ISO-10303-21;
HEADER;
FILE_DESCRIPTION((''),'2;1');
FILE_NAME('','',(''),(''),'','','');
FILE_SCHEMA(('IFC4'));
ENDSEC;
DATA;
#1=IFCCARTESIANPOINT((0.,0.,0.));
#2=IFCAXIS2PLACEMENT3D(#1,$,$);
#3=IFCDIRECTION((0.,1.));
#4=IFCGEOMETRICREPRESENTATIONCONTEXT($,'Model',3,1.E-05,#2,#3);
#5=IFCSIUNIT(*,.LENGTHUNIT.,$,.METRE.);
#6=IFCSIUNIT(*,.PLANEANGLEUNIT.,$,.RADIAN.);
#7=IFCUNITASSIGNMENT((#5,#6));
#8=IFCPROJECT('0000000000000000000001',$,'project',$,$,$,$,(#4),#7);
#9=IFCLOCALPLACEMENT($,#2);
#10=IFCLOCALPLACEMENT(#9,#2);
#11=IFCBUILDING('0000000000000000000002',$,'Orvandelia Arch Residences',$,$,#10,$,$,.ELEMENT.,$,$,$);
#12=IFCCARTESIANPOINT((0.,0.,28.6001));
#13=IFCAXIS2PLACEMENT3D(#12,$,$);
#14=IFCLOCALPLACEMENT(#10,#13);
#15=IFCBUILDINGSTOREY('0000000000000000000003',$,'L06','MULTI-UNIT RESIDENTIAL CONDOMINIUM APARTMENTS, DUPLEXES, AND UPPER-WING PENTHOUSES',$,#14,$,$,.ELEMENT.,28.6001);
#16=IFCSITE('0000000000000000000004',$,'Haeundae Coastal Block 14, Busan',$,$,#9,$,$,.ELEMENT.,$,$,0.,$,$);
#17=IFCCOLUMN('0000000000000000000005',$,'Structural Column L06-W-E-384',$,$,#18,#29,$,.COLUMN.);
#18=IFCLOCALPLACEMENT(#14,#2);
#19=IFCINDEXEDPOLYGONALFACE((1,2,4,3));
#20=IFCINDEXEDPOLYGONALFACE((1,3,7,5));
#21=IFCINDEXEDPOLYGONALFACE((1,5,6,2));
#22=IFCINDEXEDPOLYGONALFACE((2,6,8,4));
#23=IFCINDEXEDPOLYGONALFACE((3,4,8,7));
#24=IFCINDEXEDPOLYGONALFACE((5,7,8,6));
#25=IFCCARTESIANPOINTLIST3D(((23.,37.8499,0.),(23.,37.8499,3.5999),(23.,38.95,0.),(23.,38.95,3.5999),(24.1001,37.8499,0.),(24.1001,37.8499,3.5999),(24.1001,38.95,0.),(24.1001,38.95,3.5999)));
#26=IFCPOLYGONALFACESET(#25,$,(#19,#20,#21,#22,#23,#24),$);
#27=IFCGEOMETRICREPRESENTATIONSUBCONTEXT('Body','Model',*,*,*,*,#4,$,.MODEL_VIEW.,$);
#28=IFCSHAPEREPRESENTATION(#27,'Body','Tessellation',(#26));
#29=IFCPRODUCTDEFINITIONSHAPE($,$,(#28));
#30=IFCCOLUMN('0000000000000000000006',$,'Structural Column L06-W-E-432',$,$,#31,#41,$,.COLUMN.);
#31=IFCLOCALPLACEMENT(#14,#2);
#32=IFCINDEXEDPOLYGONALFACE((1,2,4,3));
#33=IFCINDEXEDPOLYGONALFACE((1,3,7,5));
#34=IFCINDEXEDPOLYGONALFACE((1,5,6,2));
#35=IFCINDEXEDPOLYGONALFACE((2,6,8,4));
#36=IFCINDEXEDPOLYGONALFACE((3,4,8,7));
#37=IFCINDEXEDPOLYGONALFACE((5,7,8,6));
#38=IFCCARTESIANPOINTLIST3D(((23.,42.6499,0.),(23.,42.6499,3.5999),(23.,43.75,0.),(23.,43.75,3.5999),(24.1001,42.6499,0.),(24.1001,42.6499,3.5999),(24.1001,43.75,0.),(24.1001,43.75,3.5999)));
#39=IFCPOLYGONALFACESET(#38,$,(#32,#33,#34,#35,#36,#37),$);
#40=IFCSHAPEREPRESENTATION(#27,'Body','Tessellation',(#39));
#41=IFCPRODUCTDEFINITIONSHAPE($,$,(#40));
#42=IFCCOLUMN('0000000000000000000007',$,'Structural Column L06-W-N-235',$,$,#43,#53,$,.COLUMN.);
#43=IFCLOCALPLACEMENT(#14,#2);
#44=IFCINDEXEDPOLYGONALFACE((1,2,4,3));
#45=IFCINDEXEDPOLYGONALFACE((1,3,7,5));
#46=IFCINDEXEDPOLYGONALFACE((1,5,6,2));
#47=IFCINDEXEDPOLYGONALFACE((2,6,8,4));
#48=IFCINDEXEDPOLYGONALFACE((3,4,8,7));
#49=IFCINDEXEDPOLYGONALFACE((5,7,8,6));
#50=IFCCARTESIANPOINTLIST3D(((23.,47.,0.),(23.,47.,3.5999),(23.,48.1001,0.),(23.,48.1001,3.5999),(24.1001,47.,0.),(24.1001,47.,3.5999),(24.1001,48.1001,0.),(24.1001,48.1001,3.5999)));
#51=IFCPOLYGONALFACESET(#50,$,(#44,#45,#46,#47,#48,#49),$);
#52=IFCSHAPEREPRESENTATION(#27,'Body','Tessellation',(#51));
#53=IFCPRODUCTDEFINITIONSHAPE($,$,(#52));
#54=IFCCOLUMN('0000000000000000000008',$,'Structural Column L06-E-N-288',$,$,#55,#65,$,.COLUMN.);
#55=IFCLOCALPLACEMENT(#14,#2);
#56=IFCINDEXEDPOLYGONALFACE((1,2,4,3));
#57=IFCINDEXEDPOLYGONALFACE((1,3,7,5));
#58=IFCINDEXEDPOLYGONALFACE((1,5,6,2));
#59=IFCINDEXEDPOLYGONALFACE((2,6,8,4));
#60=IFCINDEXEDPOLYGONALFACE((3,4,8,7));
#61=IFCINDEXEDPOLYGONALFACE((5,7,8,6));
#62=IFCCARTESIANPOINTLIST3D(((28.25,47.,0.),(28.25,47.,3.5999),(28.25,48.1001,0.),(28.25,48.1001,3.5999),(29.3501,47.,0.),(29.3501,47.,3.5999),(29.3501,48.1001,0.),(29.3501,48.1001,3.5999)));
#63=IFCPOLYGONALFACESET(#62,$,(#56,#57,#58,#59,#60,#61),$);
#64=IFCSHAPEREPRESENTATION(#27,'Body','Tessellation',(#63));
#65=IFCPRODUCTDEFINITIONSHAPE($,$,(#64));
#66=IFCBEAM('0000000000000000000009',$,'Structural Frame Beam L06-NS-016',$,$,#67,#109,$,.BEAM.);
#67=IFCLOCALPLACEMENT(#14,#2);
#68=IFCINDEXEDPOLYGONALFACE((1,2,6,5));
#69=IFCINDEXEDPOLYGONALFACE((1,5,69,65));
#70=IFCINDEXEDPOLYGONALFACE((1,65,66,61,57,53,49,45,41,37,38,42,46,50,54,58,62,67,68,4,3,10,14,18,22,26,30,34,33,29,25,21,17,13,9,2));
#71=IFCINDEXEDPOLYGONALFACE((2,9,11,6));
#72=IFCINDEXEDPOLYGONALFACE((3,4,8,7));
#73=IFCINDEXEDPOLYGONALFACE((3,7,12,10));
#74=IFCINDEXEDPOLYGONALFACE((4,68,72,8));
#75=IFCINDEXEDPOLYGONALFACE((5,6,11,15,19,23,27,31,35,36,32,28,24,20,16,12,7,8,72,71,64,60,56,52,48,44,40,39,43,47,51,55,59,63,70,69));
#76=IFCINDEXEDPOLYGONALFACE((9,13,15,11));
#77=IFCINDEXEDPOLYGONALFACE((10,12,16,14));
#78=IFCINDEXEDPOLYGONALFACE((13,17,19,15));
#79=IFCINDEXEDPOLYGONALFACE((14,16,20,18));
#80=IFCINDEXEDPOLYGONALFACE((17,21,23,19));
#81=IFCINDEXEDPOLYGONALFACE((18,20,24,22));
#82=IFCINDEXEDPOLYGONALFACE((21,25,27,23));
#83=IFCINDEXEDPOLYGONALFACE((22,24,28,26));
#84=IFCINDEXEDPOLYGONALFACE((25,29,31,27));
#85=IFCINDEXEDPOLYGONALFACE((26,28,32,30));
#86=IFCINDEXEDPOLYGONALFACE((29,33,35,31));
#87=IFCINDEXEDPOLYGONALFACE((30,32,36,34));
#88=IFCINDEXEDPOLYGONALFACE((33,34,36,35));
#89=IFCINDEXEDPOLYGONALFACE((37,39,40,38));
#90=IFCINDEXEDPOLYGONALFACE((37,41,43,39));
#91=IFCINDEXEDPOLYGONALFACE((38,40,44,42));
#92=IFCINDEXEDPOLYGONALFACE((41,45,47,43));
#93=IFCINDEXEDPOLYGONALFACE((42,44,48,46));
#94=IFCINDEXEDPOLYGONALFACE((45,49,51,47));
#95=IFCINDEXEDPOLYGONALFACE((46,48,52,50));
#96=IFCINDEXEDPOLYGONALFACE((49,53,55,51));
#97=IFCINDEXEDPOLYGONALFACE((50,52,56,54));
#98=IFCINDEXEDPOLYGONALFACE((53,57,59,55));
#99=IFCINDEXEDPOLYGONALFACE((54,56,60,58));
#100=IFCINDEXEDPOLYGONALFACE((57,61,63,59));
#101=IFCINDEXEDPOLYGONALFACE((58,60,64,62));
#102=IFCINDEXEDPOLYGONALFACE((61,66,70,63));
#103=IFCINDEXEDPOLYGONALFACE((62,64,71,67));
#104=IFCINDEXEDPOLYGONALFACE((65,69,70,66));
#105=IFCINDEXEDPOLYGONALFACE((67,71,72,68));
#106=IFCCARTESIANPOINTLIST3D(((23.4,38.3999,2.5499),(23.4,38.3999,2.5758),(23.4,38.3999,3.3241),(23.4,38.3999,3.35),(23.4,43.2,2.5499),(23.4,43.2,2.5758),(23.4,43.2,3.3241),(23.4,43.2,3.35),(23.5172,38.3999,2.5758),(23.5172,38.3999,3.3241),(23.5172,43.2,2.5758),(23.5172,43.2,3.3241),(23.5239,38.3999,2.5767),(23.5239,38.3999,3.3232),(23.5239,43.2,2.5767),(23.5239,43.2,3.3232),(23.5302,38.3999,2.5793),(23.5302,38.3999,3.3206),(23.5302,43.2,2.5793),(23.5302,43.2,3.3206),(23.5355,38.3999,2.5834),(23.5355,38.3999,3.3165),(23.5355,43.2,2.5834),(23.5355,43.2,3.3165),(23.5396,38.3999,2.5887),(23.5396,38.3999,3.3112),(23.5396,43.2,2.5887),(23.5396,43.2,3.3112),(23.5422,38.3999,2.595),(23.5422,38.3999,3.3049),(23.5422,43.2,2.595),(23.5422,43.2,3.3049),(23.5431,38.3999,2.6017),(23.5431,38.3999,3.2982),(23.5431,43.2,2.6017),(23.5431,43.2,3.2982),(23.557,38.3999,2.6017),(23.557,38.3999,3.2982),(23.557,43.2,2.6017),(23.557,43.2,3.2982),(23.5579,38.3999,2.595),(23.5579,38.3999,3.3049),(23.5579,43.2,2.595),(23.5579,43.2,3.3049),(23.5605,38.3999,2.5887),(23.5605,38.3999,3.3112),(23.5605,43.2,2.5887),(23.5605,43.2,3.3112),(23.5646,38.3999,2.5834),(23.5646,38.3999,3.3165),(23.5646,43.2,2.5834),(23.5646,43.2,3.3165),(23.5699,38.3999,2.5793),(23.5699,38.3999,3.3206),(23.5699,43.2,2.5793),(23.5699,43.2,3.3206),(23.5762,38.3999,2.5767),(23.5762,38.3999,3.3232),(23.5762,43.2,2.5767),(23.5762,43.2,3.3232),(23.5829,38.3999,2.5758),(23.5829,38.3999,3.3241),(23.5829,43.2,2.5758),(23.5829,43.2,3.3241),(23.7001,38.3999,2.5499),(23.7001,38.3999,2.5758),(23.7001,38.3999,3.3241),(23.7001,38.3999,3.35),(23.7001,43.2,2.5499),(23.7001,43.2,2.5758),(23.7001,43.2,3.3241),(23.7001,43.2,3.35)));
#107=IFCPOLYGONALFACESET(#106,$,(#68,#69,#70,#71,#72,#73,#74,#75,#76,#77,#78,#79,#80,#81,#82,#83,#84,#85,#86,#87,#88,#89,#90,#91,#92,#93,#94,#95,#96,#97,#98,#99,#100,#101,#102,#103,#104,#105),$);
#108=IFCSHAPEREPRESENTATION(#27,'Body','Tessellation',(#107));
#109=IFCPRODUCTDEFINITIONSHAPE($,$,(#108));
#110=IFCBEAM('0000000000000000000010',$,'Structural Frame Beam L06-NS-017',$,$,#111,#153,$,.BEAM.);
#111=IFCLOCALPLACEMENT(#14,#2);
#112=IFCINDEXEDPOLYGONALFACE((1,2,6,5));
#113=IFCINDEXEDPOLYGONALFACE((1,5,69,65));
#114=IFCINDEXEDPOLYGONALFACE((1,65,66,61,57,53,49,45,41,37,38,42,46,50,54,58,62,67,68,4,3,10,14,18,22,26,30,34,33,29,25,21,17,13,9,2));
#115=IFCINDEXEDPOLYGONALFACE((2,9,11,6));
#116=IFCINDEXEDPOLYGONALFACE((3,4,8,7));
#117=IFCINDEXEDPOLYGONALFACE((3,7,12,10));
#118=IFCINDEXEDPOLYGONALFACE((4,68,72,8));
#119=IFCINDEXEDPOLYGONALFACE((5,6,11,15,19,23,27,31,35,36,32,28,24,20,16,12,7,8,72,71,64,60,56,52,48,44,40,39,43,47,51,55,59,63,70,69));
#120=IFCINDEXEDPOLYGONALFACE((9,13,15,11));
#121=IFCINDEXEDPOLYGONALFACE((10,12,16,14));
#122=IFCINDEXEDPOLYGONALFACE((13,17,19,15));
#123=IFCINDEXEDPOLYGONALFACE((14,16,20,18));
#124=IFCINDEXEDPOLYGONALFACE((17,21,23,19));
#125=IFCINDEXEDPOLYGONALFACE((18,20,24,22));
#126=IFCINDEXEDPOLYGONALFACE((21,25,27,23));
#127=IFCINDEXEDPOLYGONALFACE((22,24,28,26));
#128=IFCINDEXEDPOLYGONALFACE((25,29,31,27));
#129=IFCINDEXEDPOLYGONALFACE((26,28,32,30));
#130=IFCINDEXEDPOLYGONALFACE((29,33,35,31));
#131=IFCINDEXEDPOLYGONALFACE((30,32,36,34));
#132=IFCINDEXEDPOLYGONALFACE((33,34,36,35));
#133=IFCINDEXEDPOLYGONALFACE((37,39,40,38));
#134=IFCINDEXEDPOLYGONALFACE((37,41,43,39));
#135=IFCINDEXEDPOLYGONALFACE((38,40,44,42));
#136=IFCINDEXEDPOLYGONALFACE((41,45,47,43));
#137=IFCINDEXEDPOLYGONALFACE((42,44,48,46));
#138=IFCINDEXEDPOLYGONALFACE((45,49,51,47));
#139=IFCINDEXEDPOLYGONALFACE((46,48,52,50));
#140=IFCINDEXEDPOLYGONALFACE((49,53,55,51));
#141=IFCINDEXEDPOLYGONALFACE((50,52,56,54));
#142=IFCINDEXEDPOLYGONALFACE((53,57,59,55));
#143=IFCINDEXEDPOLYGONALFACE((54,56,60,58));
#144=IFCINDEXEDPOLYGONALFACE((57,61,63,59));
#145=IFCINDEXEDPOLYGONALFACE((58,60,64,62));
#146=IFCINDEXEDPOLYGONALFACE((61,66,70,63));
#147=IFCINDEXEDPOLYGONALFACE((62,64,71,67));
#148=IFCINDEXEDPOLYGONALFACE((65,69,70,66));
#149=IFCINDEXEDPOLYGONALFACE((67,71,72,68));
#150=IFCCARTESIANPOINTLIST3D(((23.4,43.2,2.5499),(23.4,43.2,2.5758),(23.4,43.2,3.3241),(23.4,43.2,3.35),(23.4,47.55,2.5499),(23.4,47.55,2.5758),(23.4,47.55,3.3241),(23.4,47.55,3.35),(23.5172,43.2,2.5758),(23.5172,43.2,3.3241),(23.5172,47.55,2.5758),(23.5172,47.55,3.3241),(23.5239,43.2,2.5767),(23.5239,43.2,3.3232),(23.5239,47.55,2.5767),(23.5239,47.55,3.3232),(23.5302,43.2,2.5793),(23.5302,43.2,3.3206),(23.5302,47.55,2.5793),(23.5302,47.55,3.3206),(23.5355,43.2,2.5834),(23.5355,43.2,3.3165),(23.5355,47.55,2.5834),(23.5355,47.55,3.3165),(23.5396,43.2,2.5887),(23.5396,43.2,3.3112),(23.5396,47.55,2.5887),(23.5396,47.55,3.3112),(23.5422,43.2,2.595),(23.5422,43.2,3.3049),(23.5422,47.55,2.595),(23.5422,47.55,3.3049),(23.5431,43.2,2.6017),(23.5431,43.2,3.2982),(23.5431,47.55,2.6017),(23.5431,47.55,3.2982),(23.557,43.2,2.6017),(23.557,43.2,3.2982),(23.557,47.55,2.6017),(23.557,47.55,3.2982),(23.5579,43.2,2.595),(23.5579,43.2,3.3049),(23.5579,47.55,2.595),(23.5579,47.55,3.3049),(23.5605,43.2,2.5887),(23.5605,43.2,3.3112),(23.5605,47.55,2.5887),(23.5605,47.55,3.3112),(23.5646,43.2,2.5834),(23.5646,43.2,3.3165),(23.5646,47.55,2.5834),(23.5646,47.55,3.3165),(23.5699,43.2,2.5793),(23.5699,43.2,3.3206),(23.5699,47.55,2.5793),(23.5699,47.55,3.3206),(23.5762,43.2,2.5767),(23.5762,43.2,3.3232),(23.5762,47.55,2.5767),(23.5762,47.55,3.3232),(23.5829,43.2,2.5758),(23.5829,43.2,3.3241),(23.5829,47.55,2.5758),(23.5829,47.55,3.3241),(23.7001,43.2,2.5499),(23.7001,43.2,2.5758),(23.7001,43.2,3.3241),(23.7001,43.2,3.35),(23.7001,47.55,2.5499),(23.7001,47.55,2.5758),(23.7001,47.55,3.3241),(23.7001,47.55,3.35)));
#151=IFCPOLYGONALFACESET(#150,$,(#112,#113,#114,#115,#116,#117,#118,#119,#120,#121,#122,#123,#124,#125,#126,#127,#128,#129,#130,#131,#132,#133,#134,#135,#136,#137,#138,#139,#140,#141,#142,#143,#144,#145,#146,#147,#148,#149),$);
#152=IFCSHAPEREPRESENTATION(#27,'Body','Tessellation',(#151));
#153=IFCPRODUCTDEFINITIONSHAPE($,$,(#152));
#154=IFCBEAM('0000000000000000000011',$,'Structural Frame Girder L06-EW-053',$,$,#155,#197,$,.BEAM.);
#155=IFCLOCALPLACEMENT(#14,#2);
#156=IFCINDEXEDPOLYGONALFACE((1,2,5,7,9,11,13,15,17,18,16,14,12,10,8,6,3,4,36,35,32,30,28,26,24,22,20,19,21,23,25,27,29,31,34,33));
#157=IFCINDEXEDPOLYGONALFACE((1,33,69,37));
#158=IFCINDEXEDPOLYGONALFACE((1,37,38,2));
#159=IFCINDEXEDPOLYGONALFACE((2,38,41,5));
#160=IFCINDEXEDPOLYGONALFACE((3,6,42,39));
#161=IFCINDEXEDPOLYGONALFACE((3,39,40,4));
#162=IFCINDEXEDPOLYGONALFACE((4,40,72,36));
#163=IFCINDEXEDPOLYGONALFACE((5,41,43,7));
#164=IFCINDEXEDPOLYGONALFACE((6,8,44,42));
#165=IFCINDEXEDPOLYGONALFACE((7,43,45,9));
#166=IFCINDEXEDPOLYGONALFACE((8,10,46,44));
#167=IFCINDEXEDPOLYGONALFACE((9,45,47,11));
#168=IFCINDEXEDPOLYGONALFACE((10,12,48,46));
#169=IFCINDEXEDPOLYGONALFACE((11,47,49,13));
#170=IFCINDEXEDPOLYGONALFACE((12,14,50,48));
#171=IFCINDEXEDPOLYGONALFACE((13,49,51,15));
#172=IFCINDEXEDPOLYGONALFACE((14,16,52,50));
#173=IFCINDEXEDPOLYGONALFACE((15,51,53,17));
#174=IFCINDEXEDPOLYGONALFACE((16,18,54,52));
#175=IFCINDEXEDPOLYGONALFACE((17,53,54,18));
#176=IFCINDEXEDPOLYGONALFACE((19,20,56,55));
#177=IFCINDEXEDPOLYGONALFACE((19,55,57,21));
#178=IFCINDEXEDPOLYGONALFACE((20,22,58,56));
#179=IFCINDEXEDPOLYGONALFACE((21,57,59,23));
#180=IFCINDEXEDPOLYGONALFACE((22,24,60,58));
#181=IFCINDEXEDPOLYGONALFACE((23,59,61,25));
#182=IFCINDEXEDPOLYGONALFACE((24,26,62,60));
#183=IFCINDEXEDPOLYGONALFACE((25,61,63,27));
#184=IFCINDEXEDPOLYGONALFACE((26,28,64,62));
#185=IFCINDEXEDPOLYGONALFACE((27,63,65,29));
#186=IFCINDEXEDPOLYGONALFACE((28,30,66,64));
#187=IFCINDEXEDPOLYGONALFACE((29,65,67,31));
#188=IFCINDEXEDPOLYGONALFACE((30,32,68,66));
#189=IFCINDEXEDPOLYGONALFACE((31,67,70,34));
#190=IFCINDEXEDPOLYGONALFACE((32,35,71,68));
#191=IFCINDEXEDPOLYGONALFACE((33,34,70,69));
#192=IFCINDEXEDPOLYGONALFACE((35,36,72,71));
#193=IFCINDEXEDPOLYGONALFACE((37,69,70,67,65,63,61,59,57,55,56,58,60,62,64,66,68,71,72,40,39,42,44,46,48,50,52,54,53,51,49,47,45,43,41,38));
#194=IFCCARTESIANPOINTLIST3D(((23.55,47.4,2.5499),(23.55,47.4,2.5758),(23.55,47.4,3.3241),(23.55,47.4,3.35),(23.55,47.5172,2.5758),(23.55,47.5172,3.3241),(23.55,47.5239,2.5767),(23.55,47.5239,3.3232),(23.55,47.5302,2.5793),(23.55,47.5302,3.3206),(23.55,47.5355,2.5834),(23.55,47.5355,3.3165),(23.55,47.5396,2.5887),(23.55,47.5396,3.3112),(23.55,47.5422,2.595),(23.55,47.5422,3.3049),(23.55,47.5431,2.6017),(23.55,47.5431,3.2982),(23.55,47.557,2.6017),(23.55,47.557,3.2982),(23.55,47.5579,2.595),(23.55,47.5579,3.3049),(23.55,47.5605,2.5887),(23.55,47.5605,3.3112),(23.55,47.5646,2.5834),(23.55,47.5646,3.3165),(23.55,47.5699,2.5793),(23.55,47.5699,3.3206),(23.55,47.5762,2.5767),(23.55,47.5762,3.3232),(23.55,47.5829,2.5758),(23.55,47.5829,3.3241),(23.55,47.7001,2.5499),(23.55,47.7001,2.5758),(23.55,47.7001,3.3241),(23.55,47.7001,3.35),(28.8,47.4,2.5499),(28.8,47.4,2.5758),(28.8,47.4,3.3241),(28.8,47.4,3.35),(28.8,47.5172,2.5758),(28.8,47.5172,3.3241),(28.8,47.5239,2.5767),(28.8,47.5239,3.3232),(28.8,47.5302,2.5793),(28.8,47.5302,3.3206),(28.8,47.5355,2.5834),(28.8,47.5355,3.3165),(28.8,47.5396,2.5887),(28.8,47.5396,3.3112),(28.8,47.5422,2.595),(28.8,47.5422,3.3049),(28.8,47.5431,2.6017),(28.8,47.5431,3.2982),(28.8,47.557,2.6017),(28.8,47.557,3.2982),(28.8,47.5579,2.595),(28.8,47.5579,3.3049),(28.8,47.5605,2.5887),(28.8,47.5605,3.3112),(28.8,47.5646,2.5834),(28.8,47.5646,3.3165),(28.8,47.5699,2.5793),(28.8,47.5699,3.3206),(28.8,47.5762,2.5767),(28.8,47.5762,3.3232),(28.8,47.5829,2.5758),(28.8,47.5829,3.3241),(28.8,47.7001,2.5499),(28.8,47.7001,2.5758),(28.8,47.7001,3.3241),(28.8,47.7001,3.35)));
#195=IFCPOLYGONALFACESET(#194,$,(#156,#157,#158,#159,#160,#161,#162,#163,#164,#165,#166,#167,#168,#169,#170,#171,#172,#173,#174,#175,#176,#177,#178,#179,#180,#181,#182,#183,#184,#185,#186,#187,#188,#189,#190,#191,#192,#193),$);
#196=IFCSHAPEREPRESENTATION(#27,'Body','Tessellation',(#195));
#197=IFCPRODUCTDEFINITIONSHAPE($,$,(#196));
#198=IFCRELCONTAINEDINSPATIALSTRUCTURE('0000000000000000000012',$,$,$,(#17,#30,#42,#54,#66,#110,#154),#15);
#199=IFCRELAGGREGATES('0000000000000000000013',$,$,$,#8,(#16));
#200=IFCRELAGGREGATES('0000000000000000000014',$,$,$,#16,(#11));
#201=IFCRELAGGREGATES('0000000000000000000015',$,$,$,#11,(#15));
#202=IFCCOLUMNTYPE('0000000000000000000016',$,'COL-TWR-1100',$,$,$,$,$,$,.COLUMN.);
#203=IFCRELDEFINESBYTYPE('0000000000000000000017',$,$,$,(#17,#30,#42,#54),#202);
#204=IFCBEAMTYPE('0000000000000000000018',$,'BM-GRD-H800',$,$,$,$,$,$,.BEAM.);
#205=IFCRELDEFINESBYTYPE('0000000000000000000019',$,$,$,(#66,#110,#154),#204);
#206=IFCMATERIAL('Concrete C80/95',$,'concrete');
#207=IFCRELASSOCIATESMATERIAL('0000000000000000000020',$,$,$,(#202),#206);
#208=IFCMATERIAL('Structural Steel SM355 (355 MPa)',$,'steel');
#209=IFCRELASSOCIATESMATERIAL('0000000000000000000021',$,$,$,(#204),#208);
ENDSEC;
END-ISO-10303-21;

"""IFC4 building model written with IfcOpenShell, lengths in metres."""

from ifc_helpers import new_model, si_unit, direction, frame, origin, origin_2d, place, context, subcontext, project, spatial, rectangle, i_section, extrude, material, material_profile, profile_set, type_object, element, save


model = new_model("IFC4")

# Units and contexts
model_context = context("Model", 3, precision=1e-05, world=origin(), true_north=direction((0.0, 1.0)))
body_context = subcontext(model_context, "Body", "Model", "MODEL_VIEW")
ifc_project = project(units=[si_unit("LENGTHUNIT", "METRE"), si_unit("PLANEANGLEUNIT", "RADIAN")], contexts=[model_context])

# Site, building, storey
site_placement = place(None, origin())
site = spatial("IfcSite", under=ifc_project, at=site_placement, Name="Haeundae Coastal Block 14, Busan", CompositionType="ELEMENT", RefElevation=0.0)
building_placement = place(site_placement, origin())
building = spatial("IfcBuilding", under=site, at=building_placement, Name="Orvandelia Arch Residences", CompositionType="ELEMENT")
storey_placement = place(building_placement, frame((0.0, 0.0, 28.6001)))
storey = spatial("IfcBuildingStorey", under=building, at=storey_placement, Name="L06", Description="MULTI-UNIT RESIDENTIAL CONDOMINIUM APARTMENTS, DUPLEXES, AND UPPER-WING PENTHOUSES", CompositionType="ELEMENT", Elevation=28.6001)

# Columns
ifc_material_1 = material(Name="Concrete C80/95", Category="concrete")
ifc_material_profile_1 = material_profile(ifc_material_1, rectangle(XDim=1.1001, YDim=1.1001, at=origin_2d()), Name="Concrete C80/95", Category="concrete")
ifc_profile_set_1 = profile_set([ifc_material_profile_1], Name="Concrete C80/95")
column_type = type_object("IfcColumnType", Name="COL-TWR-1100", PredefinedType="COLUMN", material=ifc_profile_set_1)
for number, where, z_axis, x_axis, name in (
    (1, (23.55, 38.3999, 0.0), (0.0, 0.0, 1.0), (1.0, 0.0, 0.0), "Structural Column L06-W-E-384"),
    (2, (23.55, 43.2, 0.0), (0.0, 0.0, 1.0), (1.0, 0.0, 0.0), "Structural Column L06-W-E-432"),
    (3, (23.55, 47.55, 0.0), (0.0, 0.0, 1.0), (1.0, 0.0, 0.0), "Structural Column L06-W-N-235"),
    (4, (28.8, 47.55, 0.0), (0.0, 0.0, 1.0), (1.0, 0.0, 0.0), "Structural Column L06-E-N-288"),
):
    element("IfcColumn", number, at=place(storey_placement, frame(where, z_axis=z_axis, x_axis=x_axis)), inside=storey, type_object=column_type, Name=name, PredefinedType="COLUMN", context=body_context, shape_type="SweptSolid", body=[
        extrude(rectangle(XDim=1.1001, YDim=1.1001, at=origin_2d()), origin(), (0.0, 0.0, 1.0), 3.5999),
    ])

# Beams
ifc_material_2 = material(Name="Structural Steel SM355 (355 MPa)", Category="steel")
ifc_material_profile_2 = material_profile(ifc_material_2, i_section(OverallWidth=0.3, OverallDepth=0.8, WebThickness=0.0139, FlangeThickness=0.0259, FilletRadius=0.0259, at=origin_2d()), Name="Structural Steel SM355 (355 MPa)", Category="steel")
ifc_profile_set_2 = profile_set([ifc_material_profile_2], Name="Structural Steel SM355 (355 MPa)")
beam_type = type_object("IfcBeamType", Name="BM-GRD-H800", PredefinedType="BEAM", material=ifc_profile_set_2)
beam_1_placement = place(storey_placement, frame((23.55, 38.3999, 2.95), z_axis=(0.0, 1.0, 0.0), x_axis=(-1.0, 0.0, 0.0)))
element("IfcBeam", 5, at=beam_1_placement, inside=storey, type_object=beam_type, Name="Structural Frame Beam L06-NS-016", PredefinedType="BEAM", context=body_context, shape_type="SweptSolid", body=[
    extrude(i_section(OverallWidth=0.3, OverallDepth=0.8, WebThickness=0.0139, FlangeThickness=0.0259, FilletRadius=0.0259, at=origin_2d()), origin(), (0.0, 0.0, 1.0), 4.8),
])
beam_2_placement = place(storey_placement, frame((23.55, 43.2, 2.95), z_axis=(0.0, 1.0, 0.0), x_axis=(-1.0, 0.0, 0.0)))
element("IfcBeam", 6, at=beam_2_placement, inside=storey, type_object=beam_type, Name="Structural Frame Beam L06-NS-017", PredefinedType="BEAM", context=body_context, shape_type="SweptSolid", body=[
    extrude(i_section(OverallWidth=0.3, OverallDepth=0.8, WebThickness=0.0139, FlangeThickness=0.0259, FilletRadius=0.0259, at=origin_2d()), origin(), (0.0, 0.0, 1.0), 4.3501),
])
beam_3_placement = place(storey_placement, frame((23.55, 47.55, 2.95), z_axis=(1.0, 0.0, 0.0), x_axis=(0.0, 1.0, 0.0)))
element("IfcBeam", 7, at=beam_3_placement, inside=storey, type_object=beam_type, Name="Structural Frame Girder L06-EW-053", PredefinedType="BEAM", context=body_context, shape_type="SweptSolid", body=[
    extrude(i_section(OverallWidth=0.3, OverallDepth=0.8, WebThickness=0.0139, FlangeThickness=0.0259, FilletRadius=0.0259, at=origin_2d()), origin(), (0.0, 0.0, 1.0), 5.25),
])

save(model, "model.ifc")
